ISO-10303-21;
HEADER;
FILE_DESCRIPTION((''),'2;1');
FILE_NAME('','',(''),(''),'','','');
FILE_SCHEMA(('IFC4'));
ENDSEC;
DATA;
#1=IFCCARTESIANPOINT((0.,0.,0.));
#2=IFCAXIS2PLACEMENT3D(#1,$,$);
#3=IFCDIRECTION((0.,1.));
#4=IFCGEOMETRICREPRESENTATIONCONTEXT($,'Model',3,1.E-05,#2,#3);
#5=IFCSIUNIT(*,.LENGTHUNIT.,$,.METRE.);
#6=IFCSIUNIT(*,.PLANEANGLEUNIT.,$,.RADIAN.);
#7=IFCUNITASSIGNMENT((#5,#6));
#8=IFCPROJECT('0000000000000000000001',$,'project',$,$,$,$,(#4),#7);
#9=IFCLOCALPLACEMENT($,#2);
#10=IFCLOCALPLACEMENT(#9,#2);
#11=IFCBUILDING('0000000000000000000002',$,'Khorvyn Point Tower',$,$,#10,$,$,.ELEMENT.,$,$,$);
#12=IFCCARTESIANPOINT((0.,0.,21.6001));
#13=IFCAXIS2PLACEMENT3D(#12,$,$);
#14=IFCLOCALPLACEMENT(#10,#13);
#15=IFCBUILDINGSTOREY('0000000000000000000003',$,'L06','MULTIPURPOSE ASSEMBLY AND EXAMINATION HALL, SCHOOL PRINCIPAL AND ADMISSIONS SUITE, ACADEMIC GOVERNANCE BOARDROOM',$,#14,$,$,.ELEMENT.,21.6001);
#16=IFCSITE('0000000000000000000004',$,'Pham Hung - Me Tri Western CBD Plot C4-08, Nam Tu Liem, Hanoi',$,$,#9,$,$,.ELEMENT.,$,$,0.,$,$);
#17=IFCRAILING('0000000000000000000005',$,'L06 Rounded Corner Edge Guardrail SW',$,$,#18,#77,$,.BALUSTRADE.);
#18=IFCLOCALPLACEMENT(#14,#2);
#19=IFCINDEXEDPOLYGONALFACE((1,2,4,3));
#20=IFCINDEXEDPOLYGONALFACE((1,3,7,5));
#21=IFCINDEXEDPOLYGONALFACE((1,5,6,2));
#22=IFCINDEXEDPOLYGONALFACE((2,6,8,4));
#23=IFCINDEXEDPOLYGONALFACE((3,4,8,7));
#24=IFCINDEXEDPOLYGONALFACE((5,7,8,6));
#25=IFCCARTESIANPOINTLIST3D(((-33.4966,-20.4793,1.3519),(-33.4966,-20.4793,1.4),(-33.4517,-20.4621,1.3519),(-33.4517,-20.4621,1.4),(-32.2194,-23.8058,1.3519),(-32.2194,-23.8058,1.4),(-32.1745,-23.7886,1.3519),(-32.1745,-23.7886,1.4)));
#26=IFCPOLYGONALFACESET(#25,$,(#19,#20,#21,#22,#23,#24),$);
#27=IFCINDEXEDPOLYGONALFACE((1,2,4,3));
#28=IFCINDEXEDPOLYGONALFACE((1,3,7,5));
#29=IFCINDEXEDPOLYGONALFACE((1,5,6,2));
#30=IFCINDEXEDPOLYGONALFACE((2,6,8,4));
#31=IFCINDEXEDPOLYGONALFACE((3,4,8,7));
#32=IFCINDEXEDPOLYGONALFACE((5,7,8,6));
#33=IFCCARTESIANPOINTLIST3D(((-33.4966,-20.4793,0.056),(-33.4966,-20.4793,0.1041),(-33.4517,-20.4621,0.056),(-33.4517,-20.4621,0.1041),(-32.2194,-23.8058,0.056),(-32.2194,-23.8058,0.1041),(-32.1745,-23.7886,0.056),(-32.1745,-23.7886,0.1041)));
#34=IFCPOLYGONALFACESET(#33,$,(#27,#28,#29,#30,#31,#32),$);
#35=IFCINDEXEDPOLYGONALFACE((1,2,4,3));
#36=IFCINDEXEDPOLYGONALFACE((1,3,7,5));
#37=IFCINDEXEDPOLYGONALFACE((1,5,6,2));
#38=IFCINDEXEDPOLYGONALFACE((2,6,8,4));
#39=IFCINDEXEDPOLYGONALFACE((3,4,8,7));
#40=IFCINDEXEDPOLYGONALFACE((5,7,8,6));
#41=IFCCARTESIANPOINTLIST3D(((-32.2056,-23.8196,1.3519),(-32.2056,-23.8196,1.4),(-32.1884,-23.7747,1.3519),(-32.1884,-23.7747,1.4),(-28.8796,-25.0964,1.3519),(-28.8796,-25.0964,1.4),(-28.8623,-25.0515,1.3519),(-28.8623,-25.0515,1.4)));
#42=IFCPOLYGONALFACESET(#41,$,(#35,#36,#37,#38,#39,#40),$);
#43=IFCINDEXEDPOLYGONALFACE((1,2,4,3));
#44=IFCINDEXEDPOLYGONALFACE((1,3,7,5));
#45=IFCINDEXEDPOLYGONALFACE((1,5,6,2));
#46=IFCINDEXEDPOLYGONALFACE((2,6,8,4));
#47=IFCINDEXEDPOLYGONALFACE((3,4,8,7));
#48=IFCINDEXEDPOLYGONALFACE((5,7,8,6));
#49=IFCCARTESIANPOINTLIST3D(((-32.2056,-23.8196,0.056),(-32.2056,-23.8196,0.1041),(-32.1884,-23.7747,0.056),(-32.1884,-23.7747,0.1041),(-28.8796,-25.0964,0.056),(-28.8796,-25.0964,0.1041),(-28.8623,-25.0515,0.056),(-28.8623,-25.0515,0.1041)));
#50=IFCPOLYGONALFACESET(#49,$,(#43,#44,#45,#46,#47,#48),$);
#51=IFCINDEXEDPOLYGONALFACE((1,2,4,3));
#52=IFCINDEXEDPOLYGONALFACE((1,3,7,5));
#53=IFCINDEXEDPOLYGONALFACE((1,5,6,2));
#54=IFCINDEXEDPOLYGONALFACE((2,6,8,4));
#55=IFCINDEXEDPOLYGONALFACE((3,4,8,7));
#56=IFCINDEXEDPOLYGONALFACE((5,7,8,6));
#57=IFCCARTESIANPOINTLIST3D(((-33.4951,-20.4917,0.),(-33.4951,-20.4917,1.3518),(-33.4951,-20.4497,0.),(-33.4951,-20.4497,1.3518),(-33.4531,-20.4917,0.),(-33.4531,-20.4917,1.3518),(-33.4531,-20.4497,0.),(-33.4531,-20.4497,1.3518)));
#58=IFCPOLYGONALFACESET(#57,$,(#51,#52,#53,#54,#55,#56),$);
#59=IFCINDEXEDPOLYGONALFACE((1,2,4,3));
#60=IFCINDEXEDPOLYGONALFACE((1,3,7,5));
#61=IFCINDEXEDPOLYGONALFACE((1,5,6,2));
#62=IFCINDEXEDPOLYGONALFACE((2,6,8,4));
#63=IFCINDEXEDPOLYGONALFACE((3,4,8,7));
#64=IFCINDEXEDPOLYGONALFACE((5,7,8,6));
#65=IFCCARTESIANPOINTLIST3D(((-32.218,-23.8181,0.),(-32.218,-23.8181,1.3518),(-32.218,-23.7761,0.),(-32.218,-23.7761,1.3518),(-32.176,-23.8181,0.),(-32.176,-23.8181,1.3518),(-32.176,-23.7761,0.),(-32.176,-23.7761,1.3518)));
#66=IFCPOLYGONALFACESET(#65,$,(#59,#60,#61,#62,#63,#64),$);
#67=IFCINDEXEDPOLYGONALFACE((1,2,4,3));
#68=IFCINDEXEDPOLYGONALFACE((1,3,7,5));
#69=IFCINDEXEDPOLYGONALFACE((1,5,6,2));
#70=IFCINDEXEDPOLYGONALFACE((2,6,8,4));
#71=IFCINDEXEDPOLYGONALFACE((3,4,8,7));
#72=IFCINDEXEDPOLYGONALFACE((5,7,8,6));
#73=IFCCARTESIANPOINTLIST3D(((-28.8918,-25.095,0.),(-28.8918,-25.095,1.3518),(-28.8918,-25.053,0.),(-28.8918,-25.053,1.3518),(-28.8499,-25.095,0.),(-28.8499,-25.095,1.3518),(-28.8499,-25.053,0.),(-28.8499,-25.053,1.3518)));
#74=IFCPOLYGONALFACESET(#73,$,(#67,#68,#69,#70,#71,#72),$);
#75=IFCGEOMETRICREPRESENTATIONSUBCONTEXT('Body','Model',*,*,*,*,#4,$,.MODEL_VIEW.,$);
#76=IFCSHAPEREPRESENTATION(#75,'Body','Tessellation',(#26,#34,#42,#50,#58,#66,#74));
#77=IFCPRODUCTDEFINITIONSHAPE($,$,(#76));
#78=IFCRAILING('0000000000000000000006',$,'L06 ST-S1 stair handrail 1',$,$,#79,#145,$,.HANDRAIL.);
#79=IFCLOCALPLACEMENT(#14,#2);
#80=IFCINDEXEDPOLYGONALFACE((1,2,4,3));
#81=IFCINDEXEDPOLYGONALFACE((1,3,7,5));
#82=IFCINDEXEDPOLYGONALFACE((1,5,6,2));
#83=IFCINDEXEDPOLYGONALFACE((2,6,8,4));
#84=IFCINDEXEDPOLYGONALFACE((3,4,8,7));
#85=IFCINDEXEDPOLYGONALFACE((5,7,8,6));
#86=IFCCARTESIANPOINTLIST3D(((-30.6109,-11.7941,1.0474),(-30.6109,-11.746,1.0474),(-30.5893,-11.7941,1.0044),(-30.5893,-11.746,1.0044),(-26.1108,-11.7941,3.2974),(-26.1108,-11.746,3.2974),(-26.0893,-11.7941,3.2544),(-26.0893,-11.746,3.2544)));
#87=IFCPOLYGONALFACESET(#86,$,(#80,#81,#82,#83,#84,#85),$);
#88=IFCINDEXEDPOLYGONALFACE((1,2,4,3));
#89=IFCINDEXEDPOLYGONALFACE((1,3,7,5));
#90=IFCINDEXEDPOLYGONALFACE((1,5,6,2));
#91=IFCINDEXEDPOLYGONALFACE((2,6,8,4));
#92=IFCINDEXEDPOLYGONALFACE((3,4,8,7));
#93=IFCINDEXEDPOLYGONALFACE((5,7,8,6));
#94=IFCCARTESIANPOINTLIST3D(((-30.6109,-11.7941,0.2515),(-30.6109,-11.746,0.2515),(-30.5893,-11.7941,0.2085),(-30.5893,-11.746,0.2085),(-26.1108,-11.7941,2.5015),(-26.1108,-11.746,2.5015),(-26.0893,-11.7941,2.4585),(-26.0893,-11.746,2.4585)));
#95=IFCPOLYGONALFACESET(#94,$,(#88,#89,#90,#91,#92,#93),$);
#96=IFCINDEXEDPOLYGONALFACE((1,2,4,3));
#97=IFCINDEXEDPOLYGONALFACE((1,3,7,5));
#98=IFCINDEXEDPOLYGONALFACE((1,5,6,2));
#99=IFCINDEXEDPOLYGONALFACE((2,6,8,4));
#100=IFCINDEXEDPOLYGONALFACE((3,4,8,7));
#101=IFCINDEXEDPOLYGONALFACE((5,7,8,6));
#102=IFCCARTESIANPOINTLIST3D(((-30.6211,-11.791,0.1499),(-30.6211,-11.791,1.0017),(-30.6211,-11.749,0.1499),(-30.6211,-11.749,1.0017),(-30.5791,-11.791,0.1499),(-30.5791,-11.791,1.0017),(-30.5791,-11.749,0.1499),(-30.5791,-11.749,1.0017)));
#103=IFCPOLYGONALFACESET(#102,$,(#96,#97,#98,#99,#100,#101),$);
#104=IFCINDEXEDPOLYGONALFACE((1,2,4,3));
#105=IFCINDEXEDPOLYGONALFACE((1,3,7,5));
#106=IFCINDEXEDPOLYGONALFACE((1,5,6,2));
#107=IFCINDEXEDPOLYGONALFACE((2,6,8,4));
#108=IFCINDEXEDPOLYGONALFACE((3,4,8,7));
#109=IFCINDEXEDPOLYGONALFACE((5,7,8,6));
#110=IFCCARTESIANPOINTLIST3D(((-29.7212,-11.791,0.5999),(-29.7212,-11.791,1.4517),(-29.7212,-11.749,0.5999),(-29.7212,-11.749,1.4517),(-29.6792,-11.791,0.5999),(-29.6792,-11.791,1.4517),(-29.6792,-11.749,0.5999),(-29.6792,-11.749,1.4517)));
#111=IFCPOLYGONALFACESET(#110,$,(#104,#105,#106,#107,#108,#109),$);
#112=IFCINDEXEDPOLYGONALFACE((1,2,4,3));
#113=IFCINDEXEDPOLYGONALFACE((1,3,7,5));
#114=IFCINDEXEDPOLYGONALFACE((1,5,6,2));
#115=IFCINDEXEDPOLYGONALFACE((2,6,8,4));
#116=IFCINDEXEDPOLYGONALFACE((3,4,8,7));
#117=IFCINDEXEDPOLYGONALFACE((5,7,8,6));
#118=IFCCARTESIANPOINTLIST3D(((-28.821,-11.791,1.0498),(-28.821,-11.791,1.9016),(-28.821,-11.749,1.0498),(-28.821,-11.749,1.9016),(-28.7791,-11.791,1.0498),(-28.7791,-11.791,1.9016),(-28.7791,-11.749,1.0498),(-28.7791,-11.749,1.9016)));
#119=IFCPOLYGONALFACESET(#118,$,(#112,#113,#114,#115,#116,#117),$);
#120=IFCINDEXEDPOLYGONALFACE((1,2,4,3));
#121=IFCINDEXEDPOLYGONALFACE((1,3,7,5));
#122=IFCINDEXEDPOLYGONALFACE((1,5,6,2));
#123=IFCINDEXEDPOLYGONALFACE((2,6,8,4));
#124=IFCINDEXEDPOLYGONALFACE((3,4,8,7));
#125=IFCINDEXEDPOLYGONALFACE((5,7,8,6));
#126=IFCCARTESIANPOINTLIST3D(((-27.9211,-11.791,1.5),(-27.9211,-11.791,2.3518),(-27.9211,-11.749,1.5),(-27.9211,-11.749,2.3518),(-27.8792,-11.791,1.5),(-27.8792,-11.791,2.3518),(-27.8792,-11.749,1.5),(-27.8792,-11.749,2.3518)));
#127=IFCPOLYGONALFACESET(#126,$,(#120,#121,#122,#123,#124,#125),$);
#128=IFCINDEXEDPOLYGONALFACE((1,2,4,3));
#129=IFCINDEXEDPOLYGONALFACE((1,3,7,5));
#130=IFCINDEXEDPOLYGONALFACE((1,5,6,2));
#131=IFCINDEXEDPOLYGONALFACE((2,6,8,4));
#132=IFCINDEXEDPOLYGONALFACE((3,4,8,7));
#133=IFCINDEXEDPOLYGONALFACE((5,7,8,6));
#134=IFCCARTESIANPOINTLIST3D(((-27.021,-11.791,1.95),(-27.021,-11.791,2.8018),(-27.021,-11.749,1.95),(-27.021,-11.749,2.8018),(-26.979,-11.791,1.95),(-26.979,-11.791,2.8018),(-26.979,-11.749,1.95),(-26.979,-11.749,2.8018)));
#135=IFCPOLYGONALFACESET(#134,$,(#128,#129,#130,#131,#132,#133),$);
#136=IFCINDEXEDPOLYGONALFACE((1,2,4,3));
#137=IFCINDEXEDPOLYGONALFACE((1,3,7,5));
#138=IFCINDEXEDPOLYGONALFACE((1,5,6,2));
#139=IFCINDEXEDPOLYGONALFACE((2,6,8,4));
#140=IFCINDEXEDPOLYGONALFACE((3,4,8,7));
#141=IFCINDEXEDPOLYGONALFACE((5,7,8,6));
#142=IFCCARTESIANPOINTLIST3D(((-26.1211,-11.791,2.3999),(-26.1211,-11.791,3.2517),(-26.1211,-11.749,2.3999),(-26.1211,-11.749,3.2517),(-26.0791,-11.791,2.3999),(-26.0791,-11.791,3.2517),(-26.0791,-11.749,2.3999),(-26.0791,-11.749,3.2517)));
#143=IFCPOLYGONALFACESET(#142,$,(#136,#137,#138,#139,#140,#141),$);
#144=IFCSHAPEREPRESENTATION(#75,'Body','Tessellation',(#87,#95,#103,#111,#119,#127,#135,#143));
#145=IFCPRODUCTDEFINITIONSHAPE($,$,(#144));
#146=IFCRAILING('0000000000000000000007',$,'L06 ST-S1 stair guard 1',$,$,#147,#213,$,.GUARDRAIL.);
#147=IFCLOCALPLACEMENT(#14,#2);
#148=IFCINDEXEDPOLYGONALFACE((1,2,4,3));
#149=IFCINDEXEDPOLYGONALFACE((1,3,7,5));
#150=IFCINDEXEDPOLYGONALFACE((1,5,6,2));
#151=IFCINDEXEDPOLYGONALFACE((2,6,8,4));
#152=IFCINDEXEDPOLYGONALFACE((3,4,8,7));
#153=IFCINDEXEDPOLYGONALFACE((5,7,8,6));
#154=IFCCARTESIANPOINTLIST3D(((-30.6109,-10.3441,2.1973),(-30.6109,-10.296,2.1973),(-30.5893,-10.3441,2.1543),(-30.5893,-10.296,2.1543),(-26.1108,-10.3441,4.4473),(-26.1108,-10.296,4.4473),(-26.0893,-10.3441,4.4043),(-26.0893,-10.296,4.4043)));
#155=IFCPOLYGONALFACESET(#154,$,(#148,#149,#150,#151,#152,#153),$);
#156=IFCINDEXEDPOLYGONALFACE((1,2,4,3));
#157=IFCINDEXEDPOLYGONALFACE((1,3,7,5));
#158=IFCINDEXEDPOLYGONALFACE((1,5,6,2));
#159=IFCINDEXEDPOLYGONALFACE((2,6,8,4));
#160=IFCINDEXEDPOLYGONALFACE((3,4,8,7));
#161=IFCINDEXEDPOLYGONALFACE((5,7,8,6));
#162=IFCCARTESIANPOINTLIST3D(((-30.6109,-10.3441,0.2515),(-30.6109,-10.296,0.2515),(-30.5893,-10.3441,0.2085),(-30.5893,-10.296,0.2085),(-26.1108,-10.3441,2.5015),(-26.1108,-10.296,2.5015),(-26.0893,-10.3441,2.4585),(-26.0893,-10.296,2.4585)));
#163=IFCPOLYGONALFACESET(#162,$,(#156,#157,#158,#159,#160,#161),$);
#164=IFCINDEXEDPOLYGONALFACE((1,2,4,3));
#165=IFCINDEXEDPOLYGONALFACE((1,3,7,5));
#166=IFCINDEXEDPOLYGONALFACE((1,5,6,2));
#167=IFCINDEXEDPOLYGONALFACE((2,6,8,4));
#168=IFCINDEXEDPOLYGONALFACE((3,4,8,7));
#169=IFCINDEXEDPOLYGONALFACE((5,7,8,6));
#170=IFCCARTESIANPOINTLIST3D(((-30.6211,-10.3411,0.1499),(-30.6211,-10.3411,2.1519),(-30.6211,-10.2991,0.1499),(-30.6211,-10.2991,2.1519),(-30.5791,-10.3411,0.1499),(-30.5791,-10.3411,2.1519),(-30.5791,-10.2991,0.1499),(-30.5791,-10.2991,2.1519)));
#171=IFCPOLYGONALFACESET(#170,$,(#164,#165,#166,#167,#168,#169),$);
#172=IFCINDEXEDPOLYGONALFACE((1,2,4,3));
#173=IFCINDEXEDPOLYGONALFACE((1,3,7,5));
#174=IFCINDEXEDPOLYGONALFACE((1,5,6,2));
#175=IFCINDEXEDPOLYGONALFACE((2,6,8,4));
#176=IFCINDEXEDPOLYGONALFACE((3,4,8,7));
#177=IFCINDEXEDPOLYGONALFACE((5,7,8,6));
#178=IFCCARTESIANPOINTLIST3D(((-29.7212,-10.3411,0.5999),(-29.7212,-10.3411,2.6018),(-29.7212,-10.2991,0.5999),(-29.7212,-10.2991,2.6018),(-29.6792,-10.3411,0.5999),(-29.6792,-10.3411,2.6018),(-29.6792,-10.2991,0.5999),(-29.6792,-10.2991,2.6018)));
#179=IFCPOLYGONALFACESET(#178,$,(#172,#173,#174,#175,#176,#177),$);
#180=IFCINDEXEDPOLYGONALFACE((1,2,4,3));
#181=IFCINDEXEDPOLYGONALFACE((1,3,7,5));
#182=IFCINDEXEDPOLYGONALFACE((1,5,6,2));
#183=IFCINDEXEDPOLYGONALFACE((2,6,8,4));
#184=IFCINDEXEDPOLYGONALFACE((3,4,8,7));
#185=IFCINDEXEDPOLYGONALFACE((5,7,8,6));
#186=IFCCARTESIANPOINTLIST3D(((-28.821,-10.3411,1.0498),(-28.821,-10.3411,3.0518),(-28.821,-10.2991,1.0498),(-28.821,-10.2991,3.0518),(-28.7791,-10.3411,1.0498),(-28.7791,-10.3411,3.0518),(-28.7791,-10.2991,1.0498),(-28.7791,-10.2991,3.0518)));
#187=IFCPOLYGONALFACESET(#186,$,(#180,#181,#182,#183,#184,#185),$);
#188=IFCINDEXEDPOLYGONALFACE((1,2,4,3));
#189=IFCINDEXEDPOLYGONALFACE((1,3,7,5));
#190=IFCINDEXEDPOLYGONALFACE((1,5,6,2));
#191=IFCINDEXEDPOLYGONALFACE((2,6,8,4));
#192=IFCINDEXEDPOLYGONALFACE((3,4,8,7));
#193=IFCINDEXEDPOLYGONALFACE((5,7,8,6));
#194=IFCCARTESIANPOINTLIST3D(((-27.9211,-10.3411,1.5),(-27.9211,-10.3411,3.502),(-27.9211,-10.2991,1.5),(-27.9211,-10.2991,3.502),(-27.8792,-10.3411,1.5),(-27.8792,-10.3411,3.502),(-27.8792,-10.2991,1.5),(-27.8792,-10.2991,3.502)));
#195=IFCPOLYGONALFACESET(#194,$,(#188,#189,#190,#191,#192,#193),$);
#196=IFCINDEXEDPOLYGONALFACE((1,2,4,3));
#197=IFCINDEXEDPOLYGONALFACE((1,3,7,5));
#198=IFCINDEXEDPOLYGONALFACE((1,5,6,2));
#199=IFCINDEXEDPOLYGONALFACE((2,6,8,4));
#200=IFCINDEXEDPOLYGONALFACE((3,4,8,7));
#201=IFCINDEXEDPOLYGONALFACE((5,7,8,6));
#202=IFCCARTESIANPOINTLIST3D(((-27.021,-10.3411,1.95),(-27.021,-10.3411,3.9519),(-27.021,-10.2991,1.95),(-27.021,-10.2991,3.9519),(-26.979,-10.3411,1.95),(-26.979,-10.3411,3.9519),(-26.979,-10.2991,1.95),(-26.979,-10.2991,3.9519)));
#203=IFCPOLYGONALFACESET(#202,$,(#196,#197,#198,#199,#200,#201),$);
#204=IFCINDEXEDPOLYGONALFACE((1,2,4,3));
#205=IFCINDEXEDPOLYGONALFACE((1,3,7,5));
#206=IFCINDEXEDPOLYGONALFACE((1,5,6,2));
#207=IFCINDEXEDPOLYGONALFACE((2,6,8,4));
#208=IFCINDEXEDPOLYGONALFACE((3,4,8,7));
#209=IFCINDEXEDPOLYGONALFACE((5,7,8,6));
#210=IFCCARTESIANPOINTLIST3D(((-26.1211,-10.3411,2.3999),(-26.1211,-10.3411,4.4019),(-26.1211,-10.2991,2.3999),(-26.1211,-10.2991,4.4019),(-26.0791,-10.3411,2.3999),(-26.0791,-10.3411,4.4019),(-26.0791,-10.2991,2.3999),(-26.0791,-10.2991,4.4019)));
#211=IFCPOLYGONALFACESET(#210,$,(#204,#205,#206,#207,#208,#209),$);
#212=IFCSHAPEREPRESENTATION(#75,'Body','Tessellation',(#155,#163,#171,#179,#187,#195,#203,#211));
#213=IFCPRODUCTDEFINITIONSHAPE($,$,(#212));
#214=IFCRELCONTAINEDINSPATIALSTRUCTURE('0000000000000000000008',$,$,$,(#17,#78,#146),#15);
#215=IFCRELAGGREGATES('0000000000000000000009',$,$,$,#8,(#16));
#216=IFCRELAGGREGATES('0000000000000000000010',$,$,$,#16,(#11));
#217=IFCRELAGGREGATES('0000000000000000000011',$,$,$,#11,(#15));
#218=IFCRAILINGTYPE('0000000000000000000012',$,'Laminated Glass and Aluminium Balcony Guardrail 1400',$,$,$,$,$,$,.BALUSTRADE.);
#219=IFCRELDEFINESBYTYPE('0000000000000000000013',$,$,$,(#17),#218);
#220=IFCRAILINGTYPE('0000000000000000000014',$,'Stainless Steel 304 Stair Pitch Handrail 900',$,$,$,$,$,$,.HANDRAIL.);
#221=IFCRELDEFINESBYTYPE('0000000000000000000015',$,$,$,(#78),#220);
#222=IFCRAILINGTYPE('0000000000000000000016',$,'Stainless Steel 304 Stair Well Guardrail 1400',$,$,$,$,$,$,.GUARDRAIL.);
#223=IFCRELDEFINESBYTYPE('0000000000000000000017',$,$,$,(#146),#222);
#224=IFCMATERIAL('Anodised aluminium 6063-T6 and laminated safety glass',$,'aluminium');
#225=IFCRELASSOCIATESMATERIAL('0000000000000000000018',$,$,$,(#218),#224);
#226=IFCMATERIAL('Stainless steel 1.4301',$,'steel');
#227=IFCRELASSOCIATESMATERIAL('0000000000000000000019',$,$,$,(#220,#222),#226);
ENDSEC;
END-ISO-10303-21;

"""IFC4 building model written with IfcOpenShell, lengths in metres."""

from ifc_helpers import new_model, si_unit, direction, frame, origin, origin_2d, place, context, subcontext, project, spatial, rectangle, extrude, material, type_object, element, save


model = new_model("IFC4")

# Units and contexts
model_context = context("Model", 3, precision=1e-05, world=origin(), true_north=direction((0.0, 1.0)))
body_context = subcontext(model_context, "Body", "Model", "MODEL_VIEW")
ifc_project = project(units=[si_unit("LENGTHUNIT", "METRE"), si_unit("PLANEANGLEUNIT", "RADIAN")], contexts=[model_context])

# Site, building, storey
site_placement = place(None, origin())
site = spatial("IfcSite", under=ifc_project, at=site_placement, Name="Pham Hung - Me Tri Western CBD Plot C4-08, Nam Tu Liem, Hanoi", CompositionType="ELEMENT", RefElevation=0.0)
building_placement = place(site_placement, origin())
building = spatial("IfcBuilding", under=site, at=building_placement, Name="Khorvyn Point Tower", CompositionType="ELEMENT")
storey_placement = place(building_placement, frame((0.0, 0.0, 21.6001)))
storey = spatial("IfcBuildingStorey", under=building, at=storey_placement, Name="L06", Description="MULTIPURPOSE ASSEMBLY AND EXAMINATION HALL, SCHOOL PRINCIPAL AND ADMISSIONS SUITE, ACADEMIC GOVERNANCE BOARDROOM", CompositionType="ELEMENT", Elevation=21.6001)

# Railings
ifc_material_1 = material(Name="Anodised aluminium 6063-T6 and laminated safety glass", Category="aluminium")
railing_type_1 = type_object("IfcRailingType", Name="Laminated Glass and Aluminium Balcony Guardrail 1400", PredefinedType="BALUSTRADE", material=ifc_material_1)
railing_1_placement = place(storey_placement, frame((-33.4741, -20.4707, 0.0)))
element("IfcRailing", 1, at=railing_1_placement, inside=storey, type_object=railing_type_1, Name="L06 Rounded Corner Edge Guardrail SW", PredefinedType="BALUSTRADE", context=body_context, shape_type="SweptSolid", body=[
    extrude(rectangle(XDim=0.0481, YDim=0.0481, at=origin_2d()), frame((0.0, 0.0, 1.376), z_axis=(0.358419, -0.933561, 0.0), x_axis=(0.933561, 0.358419, 0.0)), (0.0, 0.0, 1.0), 3.5632),
    extrude(rectangle(XDim=0.0481, YDim=0.0481, at=origin_2d()), frame((0.0, 0.0, 0.0801), z_axis=(0.358419, -0.933561, 0.0), x_axis=(0.933561, 0.358419, 0.0)), (0.0, 0.0, 1.0), 3.5632),
    extrude(rectangle(XDim=0.0481, YDim=0.0481, at=origin_2d()), frame((1.2771, -3.3264, 1.376), z_axis=(0.933575, -0.358382, 0.0), x_axis=(0.358382, 0.933575, 0.0)), (0.0, 0.0, 1.0), 3.5627),
    extrude(rectangle(XDim=0.0481, YDim=0.0481, at=origin_2d()), frame((1.2771, -3.3264, 0.0801), z_axis=(0.933575, -0.358382, 0.0), x_axis=(0.358382, 0.933575, 0.0)), (0.0, 0.0, 1.0), 3.5627),
    extrude(rectangle(XDim=0.042, YDim=0.042, at=origin_2d()), origin(), (0.0, 0.0, 1.0), 1.3518),
    extrude(rectangle(XDim=0.042, YDim=0.042, at=origin_2d()), frame((1.2771, -3.3264, 0.0)), (0.0, 0.0, 1.0), 1.3518),
    extrude(rectangle(XDim=0.042, YDim=0.042, at=origin_2d()), frame((4.6033, -4.6033, 0.0)), (0.0, 0.0, 1.0), 1.3518),
])
ifc_material_2 = material(Name="Stainless steel 1.4301", Category="steel")
railing_type_2 = type_object("IfcRailingType", Name="Stainless Steel 304 Stair Pitch Handrail 900", PredefinedType="HANDRAIL", material=ifc_material_2)
railing_2_placement = place(storey_placement, frame((-30.6001, -11.77, 0.1499)))
element("IfcRailing", 2, at=railing_2_placement, inside=storey, type_object=railing_type_2, Name="L06 ST-S1 stair handrail 1", PredefinedType="HANDRAIL", context=body_context, shape_type="SweptSolid", body=[
    extrude(rectangle(XDim=0.0481, YDim=0.0481, at=origin_2d()), frame((0.0, 0.0, 0.876), z_axis=(0.894427, 0.0, 0.447214), x_axis=(0.0, 1.0, 0.0)), (0.0, 0.0, 1.0), 5.0312),
    extrude(rectangle(XDim=0.0481, YDim=0.0481, at=origin_2d()), frame((0.0, 0.0, 0.0801), z_axis=(0.894427, 0.0, 0.447214), x_axis=(0.0, 1.0, 0.0)), (0.0, 0.0, 1.0), 5.0312),
    extrude(rectangle(XDim=0.042, YDim=0.042, at=origin_2d()), origin(), (0.0, 0.0, 1.0), 0.8518),
    extrude(rectangle(XDim=0.042, YDim=0.042, at=origin_2d()), frame((0.8999, 0.0, 0.45)), (0.0, 0.0, 1.0), 0.8518),
    extrude(rectangle(XDim=0.042, YDim=0.042, at=origin_2d()), frame((1.8, 0.0, 0.8999)), (0.0, 0.0, 1.0), 0.8518),
    extrude(rectangle(XDim=0.042, YDim=0.042, at=origin_2d()), frame((2.7, 0.0, 1.3501)), (0.0, 0.0, 1.0), 0.8518),
    extrude(rectangle(XDim=0.042, YDim=0.042, at=origin_2d()), frame((3.6001, 0.0, 1.8)), (0.0, 0.0, 1.0), 0.8518),
    extrude(rectangle(XDim=0.042, YDim=0.042, at=origin_2d()), frame((4.5, 0.0, 2.25)), (0.0, 0.0, 1.0), 0.8518),
])
railing_type_3 = type_object("IfcRailingType", Name="Stainless Steel 304 Stair Well Guardrail 1400", PredefinedType="GUARDRAIL", material=ifc_material_2)
railing_3_placement = place(storey_placement, frame((-30.6001, -10.3201, 0.1499)))
element("IfcRailing", 3, at=railing_3_placement, inside=storey, type_object=railing_type_3, Name="L06 ST-S1 stair guard 1", PredefinedType="GUARDRAIL", context=body_context, shape_type="SweptSolid", body=[
    extrude(rectangle(XDim=0.0481, YDim=0.0481, at=origin_2d()), frame((0.0, 0.0, 2.0259), z_axis=(0.894427, 0.0, 0.447214), x_axis=(0.0, 1.0, 0.0)), (0.0, 0.0, 1.0), 5.0312),
    extrude(rectangle(XDim=0.0481, YDim=0.0481, at=origin_2d()), frame((0.0, 0.0, 0.0801), z_axis=(0.894427, 0.0, 0.447214), x_axis=(0.0, 1.0, 0.0)), (0.0, 0.0, 1.0), 5.0312),
    extrude(rectangle(XDim=0.042, YDim=0.042, at=origin_2d()), origin(), (0.0, 0.0, 1.0), 2.002),
    extrude(rectangle(XDim=0.042, YDim=0.042, at=origin_2d()), frame((0.8999, 0.0, 0.45)), (0.0, 0.0, 1.0), 2.002),
    extrude(rectangle(XDim=0.042, YDim=0.042, at=origin_2d()), frame((1.8, 0.0, 0.8999)), (0.0, 0.0, 1.0), 2.002),
    extrude(rectangle(XDim=0.042, YDim=0.042, at=origin_2d()), frame((2.7, 0.0, 1.3501)), (0.0, 0.0, 1.0), 2.002),
    extrude(rectangle(XDim=0.042, YDim=0.042, at=origin_2d()), frame((3.6001, 0.0, 1.8)), (0.0, 0.0, 1.0), 2.002),
    extrude(rectangle(XDim=0.042, YDim=0.042, at=origin_2d()), frame((4.5, 0.0, 2.25)), (0.0, 0.0, 1.0), 2.002),
])

save(model, "model.ifc")
